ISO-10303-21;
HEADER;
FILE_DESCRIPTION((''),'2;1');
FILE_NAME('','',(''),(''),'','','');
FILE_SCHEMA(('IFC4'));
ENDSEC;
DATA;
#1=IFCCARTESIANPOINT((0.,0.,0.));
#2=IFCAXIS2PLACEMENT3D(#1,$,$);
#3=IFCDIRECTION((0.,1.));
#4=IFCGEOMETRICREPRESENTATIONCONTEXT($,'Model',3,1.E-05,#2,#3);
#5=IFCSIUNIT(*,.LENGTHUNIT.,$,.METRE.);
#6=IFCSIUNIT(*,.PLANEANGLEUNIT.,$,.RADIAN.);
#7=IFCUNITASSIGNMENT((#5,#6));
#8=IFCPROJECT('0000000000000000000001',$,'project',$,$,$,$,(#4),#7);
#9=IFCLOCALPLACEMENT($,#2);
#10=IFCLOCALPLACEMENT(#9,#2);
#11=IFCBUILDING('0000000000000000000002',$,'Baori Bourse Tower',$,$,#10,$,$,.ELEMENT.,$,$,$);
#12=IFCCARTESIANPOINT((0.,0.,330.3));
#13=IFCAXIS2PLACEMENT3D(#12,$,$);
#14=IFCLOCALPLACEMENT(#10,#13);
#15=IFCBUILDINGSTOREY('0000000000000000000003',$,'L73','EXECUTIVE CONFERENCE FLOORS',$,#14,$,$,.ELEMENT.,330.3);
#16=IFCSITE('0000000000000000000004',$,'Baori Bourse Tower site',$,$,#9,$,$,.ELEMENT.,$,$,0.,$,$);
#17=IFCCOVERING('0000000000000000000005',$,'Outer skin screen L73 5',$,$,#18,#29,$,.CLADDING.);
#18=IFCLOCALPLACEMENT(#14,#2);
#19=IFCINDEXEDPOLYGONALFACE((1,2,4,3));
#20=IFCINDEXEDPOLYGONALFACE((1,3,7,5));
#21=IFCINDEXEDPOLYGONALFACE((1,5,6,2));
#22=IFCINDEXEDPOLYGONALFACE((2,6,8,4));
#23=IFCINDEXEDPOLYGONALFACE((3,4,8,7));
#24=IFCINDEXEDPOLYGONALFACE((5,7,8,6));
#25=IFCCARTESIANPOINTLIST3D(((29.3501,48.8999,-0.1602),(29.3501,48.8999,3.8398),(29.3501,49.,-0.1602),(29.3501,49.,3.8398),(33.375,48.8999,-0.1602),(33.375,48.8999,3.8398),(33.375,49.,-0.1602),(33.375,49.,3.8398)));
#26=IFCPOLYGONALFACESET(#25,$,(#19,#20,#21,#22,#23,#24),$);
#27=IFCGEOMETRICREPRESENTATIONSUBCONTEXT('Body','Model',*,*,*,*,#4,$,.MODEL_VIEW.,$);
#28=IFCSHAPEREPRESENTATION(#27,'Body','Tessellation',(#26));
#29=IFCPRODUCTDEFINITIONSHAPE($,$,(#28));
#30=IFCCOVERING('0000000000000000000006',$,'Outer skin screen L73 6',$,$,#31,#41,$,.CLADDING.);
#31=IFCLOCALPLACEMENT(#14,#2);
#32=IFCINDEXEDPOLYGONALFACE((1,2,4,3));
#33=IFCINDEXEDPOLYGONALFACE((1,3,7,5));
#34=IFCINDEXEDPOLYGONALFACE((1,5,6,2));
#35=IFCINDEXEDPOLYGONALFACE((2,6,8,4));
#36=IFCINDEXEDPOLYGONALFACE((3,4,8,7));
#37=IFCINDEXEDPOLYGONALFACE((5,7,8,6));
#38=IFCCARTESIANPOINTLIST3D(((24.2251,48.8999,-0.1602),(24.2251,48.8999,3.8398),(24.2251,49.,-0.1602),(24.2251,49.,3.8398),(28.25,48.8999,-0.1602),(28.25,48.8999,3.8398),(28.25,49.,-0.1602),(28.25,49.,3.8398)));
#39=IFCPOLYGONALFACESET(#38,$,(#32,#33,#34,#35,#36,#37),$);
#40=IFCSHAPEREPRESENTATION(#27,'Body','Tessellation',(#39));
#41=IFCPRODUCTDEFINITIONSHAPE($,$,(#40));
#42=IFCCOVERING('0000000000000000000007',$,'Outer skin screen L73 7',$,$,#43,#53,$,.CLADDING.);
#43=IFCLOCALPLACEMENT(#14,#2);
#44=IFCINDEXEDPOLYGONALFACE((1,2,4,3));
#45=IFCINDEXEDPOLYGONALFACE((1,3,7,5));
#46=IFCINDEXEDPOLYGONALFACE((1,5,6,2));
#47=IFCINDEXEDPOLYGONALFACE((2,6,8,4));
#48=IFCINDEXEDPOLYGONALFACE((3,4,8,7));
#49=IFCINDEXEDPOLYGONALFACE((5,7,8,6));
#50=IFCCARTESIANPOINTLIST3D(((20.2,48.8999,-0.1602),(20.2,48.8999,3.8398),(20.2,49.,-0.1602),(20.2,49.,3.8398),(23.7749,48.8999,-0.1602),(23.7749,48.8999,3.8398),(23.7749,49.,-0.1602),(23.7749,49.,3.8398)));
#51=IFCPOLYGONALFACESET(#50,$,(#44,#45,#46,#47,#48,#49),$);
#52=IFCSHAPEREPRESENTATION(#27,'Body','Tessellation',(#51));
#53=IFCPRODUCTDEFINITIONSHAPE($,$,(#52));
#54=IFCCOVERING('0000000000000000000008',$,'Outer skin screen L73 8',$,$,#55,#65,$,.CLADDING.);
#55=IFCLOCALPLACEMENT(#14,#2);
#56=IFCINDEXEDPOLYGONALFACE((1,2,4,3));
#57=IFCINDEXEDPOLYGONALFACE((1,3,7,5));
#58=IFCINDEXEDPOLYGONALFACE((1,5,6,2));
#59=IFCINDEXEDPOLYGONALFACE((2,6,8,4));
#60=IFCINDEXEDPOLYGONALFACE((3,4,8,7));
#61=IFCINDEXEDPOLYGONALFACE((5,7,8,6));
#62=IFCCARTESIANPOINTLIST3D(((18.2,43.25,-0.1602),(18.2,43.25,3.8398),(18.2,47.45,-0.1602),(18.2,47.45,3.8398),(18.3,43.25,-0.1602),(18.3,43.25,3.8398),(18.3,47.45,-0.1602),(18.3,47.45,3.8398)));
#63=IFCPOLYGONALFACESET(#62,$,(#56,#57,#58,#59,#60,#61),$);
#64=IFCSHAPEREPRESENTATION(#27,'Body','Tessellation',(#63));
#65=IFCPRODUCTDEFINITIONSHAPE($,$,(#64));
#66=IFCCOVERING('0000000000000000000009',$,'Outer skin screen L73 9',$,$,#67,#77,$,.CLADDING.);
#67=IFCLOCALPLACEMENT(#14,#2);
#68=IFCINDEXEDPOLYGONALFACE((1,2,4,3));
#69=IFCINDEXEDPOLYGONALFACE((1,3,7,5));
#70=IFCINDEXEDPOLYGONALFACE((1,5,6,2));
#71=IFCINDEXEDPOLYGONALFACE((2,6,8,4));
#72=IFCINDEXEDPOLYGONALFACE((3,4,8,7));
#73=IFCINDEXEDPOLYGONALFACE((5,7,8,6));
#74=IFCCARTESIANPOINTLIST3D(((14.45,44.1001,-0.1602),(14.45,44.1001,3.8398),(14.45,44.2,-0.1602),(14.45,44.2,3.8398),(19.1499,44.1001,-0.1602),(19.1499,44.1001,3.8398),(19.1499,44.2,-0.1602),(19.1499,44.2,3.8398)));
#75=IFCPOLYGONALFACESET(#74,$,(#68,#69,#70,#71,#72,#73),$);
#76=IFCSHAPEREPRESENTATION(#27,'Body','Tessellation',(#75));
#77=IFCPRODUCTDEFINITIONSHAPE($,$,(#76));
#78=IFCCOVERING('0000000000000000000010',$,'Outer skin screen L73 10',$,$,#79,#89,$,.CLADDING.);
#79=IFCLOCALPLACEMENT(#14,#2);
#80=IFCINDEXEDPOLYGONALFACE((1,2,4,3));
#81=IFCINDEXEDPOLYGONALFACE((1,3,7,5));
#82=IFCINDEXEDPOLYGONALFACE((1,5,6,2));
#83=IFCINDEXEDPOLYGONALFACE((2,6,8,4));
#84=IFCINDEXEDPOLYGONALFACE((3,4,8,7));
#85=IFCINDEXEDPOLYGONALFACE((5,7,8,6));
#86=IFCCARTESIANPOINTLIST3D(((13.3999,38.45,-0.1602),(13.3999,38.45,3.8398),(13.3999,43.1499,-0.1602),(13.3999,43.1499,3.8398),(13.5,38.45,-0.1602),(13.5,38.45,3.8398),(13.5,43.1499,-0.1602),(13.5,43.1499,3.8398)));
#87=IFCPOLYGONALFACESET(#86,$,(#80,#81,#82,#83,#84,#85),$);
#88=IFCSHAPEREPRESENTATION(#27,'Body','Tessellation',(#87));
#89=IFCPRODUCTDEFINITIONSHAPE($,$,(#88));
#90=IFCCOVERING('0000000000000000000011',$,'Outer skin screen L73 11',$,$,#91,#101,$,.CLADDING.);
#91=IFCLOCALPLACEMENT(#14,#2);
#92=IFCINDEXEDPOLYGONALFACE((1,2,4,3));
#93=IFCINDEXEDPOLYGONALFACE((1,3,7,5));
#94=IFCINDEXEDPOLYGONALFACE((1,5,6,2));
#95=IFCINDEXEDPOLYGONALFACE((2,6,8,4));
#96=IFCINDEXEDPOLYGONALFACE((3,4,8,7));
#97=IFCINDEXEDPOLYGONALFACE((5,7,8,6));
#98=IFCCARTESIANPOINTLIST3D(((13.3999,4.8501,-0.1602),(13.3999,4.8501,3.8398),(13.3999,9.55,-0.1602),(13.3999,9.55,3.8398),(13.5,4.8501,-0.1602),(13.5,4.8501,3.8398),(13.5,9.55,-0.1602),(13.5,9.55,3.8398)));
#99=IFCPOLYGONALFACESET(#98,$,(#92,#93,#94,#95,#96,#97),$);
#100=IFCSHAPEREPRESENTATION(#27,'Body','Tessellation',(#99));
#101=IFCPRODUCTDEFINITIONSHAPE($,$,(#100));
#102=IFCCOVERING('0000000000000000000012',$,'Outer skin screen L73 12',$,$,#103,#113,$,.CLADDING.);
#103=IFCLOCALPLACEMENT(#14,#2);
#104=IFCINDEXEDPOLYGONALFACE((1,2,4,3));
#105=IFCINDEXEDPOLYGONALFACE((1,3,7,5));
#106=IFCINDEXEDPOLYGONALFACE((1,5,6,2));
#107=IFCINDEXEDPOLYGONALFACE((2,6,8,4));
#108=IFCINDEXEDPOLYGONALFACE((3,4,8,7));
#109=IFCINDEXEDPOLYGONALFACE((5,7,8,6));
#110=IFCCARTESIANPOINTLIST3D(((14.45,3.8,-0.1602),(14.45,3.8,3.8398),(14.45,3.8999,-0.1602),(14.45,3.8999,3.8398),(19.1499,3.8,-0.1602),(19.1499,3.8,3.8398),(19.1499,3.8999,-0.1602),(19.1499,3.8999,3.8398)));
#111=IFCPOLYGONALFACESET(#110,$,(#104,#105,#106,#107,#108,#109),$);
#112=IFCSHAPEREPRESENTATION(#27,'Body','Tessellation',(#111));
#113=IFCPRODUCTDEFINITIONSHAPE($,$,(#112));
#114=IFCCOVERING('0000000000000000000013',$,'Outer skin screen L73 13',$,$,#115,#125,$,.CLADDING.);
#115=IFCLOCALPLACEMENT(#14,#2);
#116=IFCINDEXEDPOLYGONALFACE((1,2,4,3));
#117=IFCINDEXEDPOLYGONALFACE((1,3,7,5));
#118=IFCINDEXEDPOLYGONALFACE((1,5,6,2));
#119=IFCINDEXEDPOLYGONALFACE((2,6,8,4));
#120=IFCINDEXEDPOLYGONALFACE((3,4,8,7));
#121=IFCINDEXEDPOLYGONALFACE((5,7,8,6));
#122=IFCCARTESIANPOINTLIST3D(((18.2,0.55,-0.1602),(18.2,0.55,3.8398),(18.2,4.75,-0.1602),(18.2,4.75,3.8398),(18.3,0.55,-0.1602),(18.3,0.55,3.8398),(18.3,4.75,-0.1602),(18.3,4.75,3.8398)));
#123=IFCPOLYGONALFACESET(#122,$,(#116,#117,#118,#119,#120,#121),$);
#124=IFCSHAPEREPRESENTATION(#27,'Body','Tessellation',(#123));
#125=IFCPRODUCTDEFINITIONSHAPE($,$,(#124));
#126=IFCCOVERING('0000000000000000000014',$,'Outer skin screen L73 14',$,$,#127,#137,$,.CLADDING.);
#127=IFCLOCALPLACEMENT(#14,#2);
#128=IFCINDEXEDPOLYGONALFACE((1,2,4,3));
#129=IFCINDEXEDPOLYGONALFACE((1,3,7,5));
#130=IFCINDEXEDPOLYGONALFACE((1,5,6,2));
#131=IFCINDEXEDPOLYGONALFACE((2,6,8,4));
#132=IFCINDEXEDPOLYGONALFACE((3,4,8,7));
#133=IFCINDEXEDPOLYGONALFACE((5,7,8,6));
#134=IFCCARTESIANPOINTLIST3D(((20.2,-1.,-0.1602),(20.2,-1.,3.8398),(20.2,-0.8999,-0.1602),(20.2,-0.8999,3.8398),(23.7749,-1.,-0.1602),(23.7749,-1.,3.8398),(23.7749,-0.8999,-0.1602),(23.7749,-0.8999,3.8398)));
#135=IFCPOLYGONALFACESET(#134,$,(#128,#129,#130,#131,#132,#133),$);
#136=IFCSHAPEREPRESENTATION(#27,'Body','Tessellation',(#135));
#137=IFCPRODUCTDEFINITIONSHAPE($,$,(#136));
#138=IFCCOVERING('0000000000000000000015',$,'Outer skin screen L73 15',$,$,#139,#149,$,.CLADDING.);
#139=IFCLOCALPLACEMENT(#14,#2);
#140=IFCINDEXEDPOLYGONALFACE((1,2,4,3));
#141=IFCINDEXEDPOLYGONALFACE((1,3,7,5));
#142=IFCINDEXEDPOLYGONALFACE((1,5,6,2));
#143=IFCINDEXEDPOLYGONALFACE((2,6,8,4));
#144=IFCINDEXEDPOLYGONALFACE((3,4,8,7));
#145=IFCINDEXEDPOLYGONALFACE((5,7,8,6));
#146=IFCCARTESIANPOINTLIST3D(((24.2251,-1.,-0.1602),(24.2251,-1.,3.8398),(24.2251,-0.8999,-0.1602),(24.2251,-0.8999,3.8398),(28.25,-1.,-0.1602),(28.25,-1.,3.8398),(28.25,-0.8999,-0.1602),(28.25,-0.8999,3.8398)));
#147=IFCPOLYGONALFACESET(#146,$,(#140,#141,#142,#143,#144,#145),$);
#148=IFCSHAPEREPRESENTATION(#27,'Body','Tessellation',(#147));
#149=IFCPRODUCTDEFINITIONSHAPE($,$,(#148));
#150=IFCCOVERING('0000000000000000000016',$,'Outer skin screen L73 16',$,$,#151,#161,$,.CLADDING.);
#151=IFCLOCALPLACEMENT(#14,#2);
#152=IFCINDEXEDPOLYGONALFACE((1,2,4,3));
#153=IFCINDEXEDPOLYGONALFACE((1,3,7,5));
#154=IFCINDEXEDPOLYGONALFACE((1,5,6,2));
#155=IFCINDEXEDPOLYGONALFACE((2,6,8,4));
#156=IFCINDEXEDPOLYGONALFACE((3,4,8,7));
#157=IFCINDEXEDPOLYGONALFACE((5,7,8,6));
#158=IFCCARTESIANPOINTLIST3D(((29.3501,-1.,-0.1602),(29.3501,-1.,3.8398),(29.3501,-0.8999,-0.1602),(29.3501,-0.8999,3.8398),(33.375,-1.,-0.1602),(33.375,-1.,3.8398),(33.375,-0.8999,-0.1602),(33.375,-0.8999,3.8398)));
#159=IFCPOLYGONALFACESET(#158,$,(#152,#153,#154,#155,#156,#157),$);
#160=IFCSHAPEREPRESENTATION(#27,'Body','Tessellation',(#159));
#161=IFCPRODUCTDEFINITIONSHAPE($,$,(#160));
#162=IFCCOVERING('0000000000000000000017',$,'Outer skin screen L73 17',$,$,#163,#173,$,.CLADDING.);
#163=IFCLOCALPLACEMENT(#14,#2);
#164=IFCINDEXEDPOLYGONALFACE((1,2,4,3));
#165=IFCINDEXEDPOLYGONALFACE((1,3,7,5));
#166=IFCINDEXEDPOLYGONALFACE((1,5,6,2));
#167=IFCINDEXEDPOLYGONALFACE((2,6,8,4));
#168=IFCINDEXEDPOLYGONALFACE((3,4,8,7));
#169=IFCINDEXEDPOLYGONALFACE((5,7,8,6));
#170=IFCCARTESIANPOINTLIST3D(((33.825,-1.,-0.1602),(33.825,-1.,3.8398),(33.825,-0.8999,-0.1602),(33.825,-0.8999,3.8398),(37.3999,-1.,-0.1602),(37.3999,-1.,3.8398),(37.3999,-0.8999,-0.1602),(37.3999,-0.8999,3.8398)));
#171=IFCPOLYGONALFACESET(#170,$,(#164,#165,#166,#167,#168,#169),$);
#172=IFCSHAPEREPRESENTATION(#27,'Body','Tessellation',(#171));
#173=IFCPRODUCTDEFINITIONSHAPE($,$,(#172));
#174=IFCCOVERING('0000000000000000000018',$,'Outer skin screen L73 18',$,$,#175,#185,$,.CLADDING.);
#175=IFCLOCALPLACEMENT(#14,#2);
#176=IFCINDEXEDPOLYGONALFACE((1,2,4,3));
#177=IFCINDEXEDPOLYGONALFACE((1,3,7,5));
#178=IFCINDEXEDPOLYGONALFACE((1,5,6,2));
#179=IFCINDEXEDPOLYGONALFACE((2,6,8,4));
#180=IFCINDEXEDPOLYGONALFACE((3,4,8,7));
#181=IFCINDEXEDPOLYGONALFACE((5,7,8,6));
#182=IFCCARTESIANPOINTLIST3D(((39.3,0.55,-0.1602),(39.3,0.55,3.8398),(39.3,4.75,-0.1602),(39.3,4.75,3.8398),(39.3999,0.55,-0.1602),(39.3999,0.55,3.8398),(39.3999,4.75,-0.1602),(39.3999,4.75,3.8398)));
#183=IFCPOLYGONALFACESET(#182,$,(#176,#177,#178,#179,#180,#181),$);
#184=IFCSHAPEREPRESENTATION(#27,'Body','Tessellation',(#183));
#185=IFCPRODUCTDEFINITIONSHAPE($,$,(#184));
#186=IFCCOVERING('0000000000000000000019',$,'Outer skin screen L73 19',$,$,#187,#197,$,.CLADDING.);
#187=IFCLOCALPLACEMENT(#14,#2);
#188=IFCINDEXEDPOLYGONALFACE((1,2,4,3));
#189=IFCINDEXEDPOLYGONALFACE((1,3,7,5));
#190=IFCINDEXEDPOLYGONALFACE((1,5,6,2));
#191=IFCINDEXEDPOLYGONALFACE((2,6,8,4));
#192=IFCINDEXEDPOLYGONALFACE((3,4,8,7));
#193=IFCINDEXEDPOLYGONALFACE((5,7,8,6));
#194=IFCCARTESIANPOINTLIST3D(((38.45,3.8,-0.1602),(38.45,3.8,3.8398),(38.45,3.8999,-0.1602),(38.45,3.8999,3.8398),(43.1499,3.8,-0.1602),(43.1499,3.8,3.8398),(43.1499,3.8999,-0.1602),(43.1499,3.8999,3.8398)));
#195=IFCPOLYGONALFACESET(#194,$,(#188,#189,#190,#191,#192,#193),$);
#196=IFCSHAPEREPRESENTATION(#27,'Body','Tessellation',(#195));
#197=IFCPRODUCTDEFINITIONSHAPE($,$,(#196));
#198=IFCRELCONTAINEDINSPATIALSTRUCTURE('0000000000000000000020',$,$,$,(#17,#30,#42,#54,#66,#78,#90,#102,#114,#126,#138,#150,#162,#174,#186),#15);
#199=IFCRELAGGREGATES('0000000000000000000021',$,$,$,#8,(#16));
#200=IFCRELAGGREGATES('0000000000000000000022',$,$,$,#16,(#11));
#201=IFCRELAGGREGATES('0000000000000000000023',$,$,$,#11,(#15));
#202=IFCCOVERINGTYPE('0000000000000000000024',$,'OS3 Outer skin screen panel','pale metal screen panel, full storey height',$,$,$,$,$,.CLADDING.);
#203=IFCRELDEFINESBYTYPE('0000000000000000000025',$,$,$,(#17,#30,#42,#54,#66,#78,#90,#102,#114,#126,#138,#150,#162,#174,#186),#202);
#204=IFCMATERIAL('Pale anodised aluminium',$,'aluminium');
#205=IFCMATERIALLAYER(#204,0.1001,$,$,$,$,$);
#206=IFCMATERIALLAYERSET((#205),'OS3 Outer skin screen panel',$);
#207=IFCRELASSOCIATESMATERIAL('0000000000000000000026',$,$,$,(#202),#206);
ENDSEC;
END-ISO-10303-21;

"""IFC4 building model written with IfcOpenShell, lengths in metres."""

from ifc_helpers import new_model, si_unit, direction, frame, origin, place, context, subcontext, project, spatial, polyline, outline, extrude, material, layer, layer_set, type_object, element, save


model = new_model("IFC4")

# Units and contexts
model_context = context("Model", 3, precision=1e-05, world=origin(), true_north=direction((0.0, 1.0)))
body_context = subcontext(model_context, "Body", "Model", "MODEL_VIEW")
ifc_project = project(units=[si_unit("LENGTHUNIT", "METRE"), si_unit("PLANEANGLEUNIT", "RADIAN")], contexts=[model_context])

# Site, building, storey
site_placement = place(None, origin())
site = spatial("IfcSite", under=ifc_project, at=site_placement, Name="Baori Bourse Tower site", CompositionType="ELEMENT", RefElevation=0.0)
building_placement = place(site_placement, origin())
building = spatial("IfcBuilding", under=site, at=building_placement, Name="Baori Bourse Tower", CompositionType="ELEMENT")
storey_placement = place(building_placement, frame((0.0, 0.0, 330.3)))
storey = spatial("IfcBuildingStorey", under=building, at=storey_placement, Name="L73", Description="EXECUTIVE CONFERENCE FLOORS", CompositionType="ELEMENT", Elevation=330.3)

# Coverings
ifc_material_1 = material(Name="Pale anodised aluminium", Category="aluminium")
ifc_layer_1 = layer(ifc_material_1, 0.1001)
ifc_layer_set_1 = layer_set([ifc_layer_1], Name="OS3 Outer skin screen panel")
covering_type = type_object("IfcCoveringType", Name="OS3 Outer skin screen panel", Description="pale metal screen panel, full storey height", PredefinedType="CLADDING", material=ifc_layer_set_1)
covering_1_placement = place(storey_placement, frame((0.0, 0.0, -0.1602)))
element("IfcCovering", 1, at=covering_1_placement, inside=storey, type_object=covering_type, Name="Outer skin screen L73 5", PredefinedType="CLADDING", context=body_context, shape_type="SweptSolid", body=[
    extrude(outline(polyline([(29.3501, 48.8999), (33.375, 48.8999), (33.375, 49.0), (29.3501, 49.0), (29.3501, 48.8999)])), origin(), (0.0, 0.0, 1.0), 4.0),
])
covering_2_placement = place(storey_placement, frame((0.0, 0.0, -0.1602)))
element("IfcCovering", 2, at=covering_2_placement, inside=storey, type_object=covering_type, Name="Outer skin screen L73 6", PredefinedType="CLADDING", context=body_context, shape_type="SweptSolid", body=[
    extrude(outline(polyline([(24.2251, 48.8999), (28.25, 48.8999), (28.25, 49.0), (24.2251, 49.0), (24.2251, 48.8999)])), origin(), (0.0, 0.0, 1.0), 4.0),
])
covering_3_placement = place(storey_placement, frame((0.0, 0.0, -0.1602)))
element("IfcCovering", 3, at=covering_3_placement, inside=storey, type_object=covering_type, Name="Outer skin screen L73 7", PredefinedType="CLADDING", context=body_context, shape_type="SweptSolid", body=[
    extrude(outline(polyline([(20.2, 48.8999), (23.7749, 48.8999), (23.7749, 49.0), (20.2, 49.0), (20.2, 48.8999)])), origin(), (0.0, 0.0, 1.0), 4.0),
])
covering_4_placement = place(storey_placement, frame((0.0, 0.0, -0.1602)))
element("IfcCovering", 4, at=covering_4_placement, inside=storey, type_object=covering_type, Name="Outer skin screen L73 8", PredefinedType="CLADDING", context=body_context, shape_type="SweptSolid", body=[
    extrude(outline(polyline([(18.3, 43.25), (18.3, 47.45), (18.2, 47.45), (18.2, 43.25), (18.3, 43.25)])), origin(), (0.0, 0.0, 1.0), 4.0),
])
covering_5_placement = place(storey_placement, frame((0.0, 0.0, -0.1602)))
element("IfcCovering", 5, at=covering_5_placement, inside=storey, type_object=covering_type, Name="Outer skin screen L73 9", PredefinedType="CLADDING", context=body_context, shape_type="SweptSolid", body=[
    extrude(outline(polyline([(14.45, 44.1001), (19.1499, 44.1001), (19.1499, 44.2), (14.45, 44.2), (14.45, 44.1001)])), origin(), (0.0, 0.0, 1.0), 4.0),
])
covering_6_placement = place(storey_placement, frame((0.0, 0.0, -0.1602)))
element("IfcCovering", 6, at=covering_6_placement, inside=storey, type_object=covering_type, Name="Outer skin screen L73 10", PredefinedType="CLADDING", context=body_context, shape_type="SweptSolid", body=[
    extrude(outline(polyline([(13.5, 38.45), (13.5, 43.1499), (13.3999, 43.1499), (13.3999, 38.45), (13.5, 38.45)])), origin(), (0.0, 0.0, 1.0), 4.0),
])
covering_7_placement = place(storey_placement, frame((0.0, 0.0, -0.1602)))
element("IfcCovering", 7, at=covering_7_placement, inside=storey, type_object=covering_type, Name="Outer skin screen L73 11", PredefinedType="CLADDING", context=body_context, shape_type="SweptSolid", body=[
    extrude(outline(polyline([(13.5, 4.8501), (13.5, 9.55), (13.3999, 9.55), (13.3999, 4.8501), (13.5, 4.8501)])), origin(), (0.0, 0.0, 1.0), 4.0),
])
covering_8_placement = place(storey_placement, frame((0.0, 0.0, -0.1602)))
element("IfcCovering", 8, at=covering_8_placement, inside=storey, type_object=covering_type, Name="Outer skin screen L73 12", PredefinedType="CLADDING", context=body_context, shape_type="SweptSolid", body=[
    extrude(outline(polyline([(19.1499, 3.8999), (14.45, 3.8999), (14.45, 3.8), (19.1499, 3.8), (19.1499, 3.8999)])), origin(), (0.0, 0.0, 1.0), 4.0),
])
covering_9_placement = place(storey_placement, frame((0.0, 0.0, -0.1602)))
element("IfcCovering", 9, at=covering_9_placement, inside=storey, type_object=covering_type, Name="Outer skin screen L73 13", PredefinedType="CLADDING", context=body_context, shape_type="SweptSolid", body=[
    extrude(outline(polyline([(18.3, 0.55), (18.3, 4.75), (18.2, 4.75), (18.2, 0.55), (18.3, 0.55)])), origin(), (0.0, 0.0, 1.0), 4.0),
])
covering_10_placement = place(storey_placement, frame((0.0, 0.0, -0.1602)))
element("IfcCovering", 10, at=covering_10_placement, inside=storey, type_object=covering_type, Name="Outer skin screen L73 14", PredefinedType="CLADDING", context=body_context, shape_type="SweptSolid", body=[
    extrude(outline(polyline([(23.7749, -0.8999), (20.2, -0.8999), (20.2, -1.0), (23.7749, -1.0), (23.7749, -0.8999)])), origin(), (0.0, 0.0, 1.0), 4.0),
])
covering_11_placement = place(storey_placement, frame((0.0, 0.0, -0.1602)))
element("IfcCovering", 11, at=covering_11_placement, inside=storey, type_object=covering_type, Name="Outer skin screen L73 15", PredefinedType="CLADDING", context=body_context, shape_type="SweptSolid", body=[
    extrude(outline(polyline([(28.25, -0.8999), (24.2251, -0.8999), (24.2251, -1.0), (28.25, -1.0), (28.25, -0.8999)])), origin(), (0.0, 0.0, 1.0), 4.0),
])
covering_12_placement = place(storey_placement, frame((0.0, 0.0, -0.1602)))
element("IfcCovering", 12, at=covering_12_placement, inside=storey, type_object=covering_type, Name="Outer skin screen L73 16", PredefinedType="CLADDING", context=body_context, shape_type="SweptSolid", body=[
    extrude(outline(polyline([(33.375, -0.8999), (29.3501, -0.8999), (29.3501, -1.0), (33.375, -1.0), (33.375, -0.8999)])), origin(), (0.0, 0.0, 1.0), 4.0),
])
covering_13_placement = place(storey_placement, frame((0.0, 0.0, -0.1602)))
element("IfcCovering", 13, at=covering_13_placement, inside=storey, type_object=covering_type, Name="Outer skin screen L73 17", PredefinedType="CLADDING", context=body_context, shape_type="SweptSolid", body=[
    extrude(outline(polyline([(37.3999, -0.8999), (33.825, -0.8999), (33.825, -1.0), (37.3999, -1.0), (37.3999, -0.8999)])), origin(), (0.0, 0.0, 1.0), 4.0),
])
covering_14_placement = place(storey_placement, frame((0.0, 0.0, -0.1602)))
element("IfcCovering", 14, at=covering_14_placement, inside=storey, type_object=covering_type, Name="Outer skin screen L73 18", PredefinedType="CLADDING", context=body_context, shape_type="SweptSolid", body=[
    extrude(outline(polyline([(39.3, 4.75), (39.3, 0.55), (39.3999, 0.55), (39.3999, 4.75), (39.3, 4.75)])), origin(), (0.0, 0.0, 1.0), 4.0),
])
covering_15_placement = place(storey_placement, frame((0.0, 0.0, -0.1602)))
element("IfcCovering", 15, at=covering_15_placement, inside=storey, type_object=covering_type, Name="Outer skin screen L73 19", PredefinedType="CLADDING", context=body_context, shape_type="SweptSolid", body=[
    extrude(outline(polyline([(43.1499, 3.8999), (38.45, 3.8999), (38.45, 3.8), (43.1499, 3.8), (43.1499, 3.8999)])), origin(), (0.0, 0.0, 1.0), 4.0),
])

save(model, "model.ifc")
